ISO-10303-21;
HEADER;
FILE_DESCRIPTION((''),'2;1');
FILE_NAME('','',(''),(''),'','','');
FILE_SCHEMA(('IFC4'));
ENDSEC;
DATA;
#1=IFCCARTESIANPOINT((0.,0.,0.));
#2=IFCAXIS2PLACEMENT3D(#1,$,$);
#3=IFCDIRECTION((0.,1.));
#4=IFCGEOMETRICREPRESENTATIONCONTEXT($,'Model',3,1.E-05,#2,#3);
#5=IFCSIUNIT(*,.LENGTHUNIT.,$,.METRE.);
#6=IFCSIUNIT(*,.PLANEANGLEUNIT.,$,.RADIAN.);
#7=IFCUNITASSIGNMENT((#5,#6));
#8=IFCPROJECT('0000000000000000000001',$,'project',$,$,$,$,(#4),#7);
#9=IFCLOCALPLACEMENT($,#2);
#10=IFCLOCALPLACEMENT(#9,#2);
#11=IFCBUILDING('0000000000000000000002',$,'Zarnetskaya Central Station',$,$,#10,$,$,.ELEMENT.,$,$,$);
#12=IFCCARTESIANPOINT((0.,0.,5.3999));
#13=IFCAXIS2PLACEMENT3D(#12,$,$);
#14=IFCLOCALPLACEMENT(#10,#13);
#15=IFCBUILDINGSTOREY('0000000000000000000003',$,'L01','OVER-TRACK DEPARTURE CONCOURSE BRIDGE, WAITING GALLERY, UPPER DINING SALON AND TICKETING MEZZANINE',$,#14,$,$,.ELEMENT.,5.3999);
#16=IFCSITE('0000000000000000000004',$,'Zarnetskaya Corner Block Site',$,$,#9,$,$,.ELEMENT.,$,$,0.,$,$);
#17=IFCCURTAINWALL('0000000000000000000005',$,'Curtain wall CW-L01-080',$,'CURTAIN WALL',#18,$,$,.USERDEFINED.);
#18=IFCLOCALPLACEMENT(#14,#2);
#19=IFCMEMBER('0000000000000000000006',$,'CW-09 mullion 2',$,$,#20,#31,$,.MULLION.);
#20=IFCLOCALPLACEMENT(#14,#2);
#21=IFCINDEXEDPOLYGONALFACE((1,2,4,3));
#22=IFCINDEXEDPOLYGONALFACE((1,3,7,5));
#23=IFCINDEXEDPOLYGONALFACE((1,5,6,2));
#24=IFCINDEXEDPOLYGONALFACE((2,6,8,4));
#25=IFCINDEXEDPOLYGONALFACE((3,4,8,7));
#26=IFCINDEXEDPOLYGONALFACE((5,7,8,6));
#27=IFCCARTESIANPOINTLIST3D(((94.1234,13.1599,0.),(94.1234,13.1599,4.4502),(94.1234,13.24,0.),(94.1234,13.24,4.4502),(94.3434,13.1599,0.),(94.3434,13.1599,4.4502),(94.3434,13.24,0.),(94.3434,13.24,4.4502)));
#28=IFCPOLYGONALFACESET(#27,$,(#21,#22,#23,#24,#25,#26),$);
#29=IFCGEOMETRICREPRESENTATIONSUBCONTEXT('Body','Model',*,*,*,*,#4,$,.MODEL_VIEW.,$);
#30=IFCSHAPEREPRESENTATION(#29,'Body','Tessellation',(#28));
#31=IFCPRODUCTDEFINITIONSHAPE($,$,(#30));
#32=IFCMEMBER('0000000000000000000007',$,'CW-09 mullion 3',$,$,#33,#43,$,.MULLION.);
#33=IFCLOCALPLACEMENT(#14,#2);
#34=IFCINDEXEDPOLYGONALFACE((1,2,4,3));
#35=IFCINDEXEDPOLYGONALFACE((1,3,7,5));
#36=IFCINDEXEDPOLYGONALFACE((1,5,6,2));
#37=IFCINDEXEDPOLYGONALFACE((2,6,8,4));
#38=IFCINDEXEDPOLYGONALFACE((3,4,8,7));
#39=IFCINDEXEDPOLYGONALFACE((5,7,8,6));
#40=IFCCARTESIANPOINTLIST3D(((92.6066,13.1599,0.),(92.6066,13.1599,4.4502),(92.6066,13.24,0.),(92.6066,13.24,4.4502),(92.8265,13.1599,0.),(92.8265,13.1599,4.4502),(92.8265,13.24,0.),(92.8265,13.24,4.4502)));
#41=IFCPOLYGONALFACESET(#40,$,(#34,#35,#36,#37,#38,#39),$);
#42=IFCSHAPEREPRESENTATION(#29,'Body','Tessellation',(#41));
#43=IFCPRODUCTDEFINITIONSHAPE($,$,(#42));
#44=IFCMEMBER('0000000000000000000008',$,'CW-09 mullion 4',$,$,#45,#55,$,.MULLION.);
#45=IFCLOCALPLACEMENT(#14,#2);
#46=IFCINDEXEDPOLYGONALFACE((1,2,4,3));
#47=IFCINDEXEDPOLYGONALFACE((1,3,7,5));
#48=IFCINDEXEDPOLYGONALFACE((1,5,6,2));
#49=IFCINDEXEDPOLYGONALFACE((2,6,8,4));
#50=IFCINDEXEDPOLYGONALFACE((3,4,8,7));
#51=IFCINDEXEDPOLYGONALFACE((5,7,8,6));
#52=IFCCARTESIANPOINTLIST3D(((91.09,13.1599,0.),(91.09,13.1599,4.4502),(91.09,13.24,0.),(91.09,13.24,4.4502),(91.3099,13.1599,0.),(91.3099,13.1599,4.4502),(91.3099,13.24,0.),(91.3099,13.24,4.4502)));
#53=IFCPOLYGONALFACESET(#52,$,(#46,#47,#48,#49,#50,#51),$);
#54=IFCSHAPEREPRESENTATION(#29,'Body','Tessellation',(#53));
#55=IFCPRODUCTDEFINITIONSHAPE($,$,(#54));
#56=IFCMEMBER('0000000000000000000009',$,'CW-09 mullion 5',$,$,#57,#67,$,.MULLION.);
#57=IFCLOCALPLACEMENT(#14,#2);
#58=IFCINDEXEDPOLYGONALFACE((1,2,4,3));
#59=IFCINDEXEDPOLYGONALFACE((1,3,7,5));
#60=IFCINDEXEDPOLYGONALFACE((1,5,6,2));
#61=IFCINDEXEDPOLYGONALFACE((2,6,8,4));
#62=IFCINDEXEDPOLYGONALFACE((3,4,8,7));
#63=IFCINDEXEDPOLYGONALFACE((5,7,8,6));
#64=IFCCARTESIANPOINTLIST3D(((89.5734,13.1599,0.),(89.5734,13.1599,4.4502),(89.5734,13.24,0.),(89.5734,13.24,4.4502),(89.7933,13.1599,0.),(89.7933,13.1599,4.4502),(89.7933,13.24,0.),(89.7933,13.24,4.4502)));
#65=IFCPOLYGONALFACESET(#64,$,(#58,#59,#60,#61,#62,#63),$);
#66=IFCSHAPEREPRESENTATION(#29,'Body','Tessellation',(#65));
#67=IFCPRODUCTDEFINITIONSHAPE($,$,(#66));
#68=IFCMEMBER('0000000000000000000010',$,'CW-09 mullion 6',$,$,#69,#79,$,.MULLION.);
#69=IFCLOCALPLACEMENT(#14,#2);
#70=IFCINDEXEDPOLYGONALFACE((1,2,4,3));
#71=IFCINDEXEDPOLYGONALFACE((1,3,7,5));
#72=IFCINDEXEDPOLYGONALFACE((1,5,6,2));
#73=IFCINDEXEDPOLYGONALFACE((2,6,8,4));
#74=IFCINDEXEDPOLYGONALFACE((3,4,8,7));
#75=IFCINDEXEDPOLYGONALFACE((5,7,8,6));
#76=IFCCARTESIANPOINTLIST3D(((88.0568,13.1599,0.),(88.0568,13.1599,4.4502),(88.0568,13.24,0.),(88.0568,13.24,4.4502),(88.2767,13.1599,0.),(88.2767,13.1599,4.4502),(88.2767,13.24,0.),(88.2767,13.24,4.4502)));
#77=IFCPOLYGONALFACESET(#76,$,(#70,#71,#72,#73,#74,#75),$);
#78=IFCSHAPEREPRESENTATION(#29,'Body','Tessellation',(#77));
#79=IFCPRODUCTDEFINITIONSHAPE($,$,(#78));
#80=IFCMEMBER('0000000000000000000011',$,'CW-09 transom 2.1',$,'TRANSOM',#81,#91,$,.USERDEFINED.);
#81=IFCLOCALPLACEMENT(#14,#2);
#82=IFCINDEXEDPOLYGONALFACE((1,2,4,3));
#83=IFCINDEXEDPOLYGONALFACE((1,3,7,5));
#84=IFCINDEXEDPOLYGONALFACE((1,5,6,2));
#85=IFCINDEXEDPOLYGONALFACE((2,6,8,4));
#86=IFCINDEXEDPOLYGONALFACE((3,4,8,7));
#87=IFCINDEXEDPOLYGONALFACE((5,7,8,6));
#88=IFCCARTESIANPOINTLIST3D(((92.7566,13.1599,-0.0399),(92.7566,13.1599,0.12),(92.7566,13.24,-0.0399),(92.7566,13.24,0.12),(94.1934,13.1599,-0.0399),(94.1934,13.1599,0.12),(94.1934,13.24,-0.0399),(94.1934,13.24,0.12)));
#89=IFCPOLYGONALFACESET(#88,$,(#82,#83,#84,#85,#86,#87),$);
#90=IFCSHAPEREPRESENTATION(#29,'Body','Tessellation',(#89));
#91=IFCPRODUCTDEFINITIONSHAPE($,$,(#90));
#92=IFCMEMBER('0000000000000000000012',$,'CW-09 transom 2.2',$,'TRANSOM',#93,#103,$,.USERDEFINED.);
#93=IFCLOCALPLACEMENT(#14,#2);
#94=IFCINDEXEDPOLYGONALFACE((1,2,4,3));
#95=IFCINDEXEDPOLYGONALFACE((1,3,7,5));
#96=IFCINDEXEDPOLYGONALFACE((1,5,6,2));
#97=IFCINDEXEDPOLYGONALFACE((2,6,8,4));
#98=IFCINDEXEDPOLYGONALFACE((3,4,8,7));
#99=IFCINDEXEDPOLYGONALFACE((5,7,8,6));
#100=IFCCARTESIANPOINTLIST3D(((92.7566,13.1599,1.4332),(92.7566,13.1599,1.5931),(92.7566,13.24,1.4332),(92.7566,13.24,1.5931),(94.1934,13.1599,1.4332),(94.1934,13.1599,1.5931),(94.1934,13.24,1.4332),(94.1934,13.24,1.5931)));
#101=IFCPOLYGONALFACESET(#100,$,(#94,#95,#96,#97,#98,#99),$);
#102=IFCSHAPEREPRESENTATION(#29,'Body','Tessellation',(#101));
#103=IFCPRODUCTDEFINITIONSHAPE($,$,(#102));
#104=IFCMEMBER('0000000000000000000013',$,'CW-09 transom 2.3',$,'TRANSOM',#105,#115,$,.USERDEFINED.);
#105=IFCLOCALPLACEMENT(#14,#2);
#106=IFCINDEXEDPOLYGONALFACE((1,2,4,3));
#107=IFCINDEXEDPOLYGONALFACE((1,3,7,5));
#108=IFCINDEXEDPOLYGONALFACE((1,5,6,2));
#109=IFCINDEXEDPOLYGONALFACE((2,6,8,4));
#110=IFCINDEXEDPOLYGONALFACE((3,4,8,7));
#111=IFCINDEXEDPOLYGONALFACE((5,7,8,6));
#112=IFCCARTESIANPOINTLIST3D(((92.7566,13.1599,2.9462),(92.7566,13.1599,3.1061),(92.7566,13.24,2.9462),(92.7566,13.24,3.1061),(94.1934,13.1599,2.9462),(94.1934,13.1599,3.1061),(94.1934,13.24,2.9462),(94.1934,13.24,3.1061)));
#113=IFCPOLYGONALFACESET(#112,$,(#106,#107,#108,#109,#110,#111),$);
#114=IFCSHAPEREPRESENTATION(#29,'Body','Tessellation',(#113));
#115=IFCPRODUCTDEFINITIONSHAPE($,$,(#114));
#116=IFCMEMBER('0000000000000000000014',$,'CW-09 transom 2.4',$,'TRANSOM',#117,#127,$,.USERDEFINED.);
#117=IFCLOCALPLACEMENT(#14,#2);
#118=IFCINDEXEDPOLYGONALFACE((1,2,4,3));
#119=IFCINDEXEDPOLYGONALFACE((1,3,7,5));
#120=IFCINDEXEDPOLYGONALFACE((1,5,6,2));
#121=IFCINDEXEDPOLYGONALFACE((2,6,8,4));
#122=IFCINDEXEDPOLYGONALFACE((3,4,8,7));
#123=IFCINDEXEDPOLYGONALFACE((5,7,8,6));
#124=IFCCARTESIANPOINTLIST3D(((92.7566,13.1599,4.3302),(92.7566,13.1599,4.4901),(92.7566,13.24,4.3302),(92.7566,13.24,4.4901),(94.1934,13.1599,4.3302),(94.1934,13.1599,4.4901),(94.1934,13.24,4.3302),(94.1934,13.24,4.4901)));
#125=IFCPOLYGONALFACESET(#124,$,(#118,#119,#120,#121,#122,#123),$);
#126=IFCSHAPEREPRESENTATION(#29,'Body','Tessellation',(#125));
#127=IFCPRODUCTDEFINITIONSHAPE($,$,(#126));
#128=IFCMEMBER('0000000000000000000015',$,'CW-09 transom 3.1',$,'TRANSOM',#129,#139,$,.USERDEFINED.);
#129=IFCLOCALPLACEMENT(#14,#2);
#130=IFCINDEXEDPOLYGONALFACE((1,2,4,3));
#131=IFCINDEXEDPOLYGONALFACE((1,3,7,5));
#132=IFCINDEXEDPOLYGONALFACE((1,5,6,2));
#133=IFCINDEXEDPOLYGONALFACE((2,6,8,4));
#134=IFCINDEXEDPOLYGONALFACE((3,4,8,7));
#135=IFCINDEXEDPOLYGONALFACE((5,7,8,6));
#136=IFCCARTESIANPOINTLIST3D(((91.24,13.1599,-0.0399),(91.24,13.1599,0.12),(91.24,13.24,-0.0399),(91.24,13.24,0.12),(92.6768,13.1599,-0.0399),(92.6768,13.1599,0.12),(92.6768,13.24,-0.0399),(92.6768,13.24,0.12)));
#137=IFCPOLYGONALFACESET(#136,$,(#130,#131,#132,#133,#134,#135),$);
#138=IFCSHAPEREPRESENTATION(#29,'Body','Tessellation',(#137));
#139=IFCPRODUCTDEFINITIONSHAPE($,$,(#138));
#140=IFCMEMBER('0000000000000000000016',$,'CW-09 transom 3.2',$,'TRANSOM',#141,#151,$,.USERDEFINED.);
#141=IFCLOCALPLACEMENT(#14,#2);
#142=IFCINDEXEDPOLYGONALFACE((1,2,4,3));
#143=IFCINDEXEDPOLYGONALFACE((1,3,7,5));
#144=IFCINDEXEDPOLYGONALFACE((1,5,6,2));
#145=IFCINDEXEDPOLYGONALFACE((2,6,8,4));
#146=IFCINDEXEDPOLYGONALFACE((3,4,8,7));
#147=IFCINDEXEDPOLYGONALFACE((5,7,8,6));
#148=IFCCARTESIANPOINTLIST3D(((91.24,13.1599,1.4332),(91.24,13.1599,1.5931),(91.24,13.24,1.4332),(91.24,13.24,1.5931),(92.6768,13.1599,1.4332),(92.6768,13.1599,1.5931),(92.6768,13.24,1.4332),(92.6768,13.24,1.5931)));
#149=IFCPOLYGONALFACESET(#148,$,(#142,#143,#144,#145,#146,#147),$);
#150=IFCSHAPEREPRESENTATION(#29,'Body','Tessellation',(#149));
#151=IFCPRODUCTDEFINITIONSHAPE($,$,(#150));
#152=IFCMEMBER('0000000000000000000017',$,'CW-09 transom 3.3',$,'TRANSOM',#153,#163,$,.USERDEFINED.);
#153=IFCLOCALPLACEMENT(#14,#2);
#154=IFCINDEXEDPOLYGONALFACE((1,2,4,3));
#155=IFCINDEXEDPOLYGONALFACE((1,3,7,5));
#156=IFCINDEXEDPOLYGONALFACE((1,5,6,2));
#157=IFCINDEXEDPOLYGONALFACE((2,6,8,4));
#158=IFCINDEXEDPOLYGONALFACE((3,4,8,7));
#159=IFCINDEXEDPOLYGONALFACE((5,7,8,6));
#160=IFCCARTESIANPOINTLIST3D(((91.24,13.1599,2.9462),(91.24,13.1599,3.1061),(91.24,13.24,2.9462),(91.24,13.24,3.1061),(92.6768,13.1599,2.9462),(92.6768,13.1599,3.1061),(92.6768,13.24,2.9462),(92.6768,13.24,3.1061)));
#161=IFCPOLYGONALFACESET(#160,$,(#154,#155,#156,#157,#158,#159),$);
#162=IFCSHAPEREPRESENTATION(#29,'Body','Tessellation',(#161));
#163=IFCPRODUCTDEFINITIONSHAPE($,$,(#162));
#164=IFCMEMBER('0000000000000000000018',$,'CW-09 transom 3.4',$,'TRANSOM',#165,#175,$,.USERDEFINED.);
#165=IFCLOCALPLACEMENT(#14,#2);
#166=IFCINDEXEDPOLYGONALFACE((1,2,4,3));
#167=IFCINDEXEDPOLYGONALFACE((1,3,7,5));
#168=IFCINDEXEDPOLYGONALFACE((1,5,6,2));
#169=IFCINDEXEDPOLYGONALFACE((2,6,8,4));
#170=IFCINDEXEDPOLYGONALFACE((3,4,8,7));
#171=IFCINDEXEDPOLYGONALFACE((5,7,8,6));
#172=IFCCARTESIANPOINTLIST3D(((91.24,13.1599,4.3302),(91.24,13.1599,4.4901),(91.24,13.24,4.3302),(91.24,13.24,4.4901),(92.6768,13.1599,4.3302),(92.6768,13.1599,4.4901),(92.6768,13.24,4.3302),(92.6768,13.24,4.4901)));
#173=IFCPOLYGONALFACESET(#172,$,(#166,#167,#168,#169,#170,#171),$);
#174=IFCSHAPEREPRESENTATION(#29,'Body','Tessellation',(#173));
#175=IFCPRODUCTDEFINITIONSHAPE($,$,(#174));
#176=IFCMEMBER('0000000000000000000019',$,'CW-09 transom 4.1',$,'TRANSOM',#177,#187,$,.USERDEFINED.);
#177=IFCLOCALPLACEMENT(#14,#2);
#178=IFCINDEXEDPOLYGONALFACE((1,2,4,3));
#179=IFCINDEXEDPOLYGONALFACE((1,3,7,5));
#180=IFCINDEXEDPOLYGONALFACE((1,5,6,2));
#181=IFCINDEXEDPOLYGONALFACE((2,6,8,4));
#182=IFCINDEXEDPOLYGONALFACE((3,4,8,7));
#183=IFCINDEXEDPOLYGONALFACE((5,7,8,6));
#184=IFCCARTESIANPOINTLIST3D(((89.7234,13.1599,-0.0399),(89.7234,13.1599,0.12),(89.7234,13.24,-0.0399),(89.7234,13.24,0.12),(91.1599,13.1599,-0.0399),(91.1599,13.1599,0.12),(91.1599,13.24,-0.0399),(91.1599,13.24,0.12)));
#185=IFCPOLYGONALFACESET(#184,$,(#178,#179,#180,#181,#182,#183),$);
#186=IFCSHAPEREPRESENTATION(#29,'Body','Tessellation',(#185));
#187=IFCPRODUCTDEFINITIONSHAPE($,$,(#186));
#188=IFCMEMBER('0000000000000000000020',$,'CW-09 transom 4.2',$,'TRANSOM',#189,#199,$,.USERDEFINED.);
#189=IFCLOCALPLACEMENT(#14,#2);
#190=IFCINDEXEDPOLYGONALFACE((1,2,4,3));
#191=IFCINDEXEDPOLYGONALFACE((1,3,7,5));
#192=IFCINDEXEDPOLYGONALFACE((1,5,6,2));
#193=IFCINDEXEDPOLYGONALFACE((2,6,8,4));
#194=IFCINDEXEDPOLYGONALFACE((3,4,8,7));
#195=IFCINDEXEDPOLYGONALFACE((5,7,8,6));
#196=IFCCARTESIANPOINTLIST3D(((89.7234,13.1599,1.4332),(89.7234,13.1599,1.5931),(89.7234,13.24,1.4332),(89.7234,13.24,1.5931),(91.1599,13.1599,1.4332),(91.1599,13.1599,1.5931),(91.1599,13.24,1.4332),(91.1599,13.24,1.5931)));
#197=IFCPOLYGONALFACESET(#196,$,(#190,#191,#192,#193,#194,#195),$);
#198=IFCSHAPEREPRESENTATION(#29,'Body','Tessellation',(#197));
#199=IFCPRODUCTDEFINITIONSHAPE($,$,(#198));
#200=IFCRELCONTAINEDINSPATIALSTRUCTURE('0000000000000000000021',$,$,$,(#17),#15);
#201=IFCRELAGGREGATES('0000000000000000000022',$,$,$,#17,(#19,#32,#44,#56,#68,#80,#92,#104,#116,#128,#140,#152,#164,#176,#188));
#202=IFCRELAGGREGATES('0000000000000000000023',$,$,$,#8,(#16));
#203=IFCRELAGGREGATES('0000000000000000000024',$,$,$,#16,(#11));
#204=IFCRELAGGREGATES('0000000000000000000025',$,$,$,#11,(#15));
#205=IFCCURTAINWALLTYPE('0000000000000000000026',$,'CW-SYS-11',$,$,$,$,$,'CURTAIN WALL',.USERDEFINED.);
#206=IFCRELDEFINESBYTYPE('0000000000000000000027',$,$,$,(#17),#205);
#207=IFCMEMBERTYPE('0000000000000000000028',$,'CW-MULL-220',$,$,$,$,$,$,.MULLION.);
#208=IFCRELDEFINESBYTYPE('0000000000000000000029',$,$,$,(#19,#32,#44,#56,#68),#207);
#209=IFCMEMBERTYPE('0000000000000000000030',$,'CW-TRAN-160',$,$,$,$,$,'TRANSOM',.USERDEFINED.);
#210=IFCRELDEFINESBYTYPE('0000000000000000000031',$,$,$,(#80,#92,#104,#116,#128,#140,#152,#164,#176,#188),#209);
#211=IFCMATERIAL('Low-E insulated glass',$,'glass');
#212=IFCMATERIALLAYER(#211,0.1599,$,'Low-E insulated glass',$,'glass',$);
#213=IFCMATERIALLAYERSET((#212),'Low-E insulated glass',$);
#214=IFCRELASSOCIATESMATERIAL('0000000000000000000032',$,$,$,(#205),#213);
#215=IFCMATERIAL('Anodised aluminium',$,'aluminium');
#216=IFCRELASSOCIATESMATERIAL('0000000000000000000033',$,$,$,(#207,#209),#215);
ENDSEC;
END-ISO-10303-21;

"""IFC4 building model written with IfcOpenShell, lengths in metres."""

from ifc_helpers import new_model, si_unit, direction, frame, origin, origin_2d, place, context, subcontext, project, spatial, rectangle, extrude, material, layer, layer_set, material_profile, profile_set, type_object, element, aggregate, save


model = new_model("IFC4")

# Units and contexts
model_context = context("Model", 3, precision=1e-05, world=origin(), true_north=direction((0.0, 1.0)))
body_context = subcontext(model_context, "Body", "Model", "MODEL_VIEW")
ifc_project = project(units=[si_unit("LENGTHUNIT", "METRE"), si_unit("PLANEANGLEUNIT", "RADIAN")], contexts=[model_context])

# Site, building, storey
site_placement = place(None, origin())
site = spatial("IfcSite", under=ifc_project, at=site_placement, Name="Zarnetskaya Corner Block Site", CompositionType="ELEMENT", RefElevation=0.0)
building_placement = place(site_placement, origin())
building = spatial("IfcBuilding", under=site, at=building_placement, Name="Zarnetskaya Central Station", CompositionType="ELEMENT")
storey_placement = place(building_placement, frame((0.0, 0.0, 5.3999)))
storey = spatial("IfcBuildingStorey", under=building, at=storey_placement, Name="L01", Description="OVER-TRACK DEPARTURE CONCOURSE BRIDGE, WAITING GALLERY, UPPER DINING SALON AND TICKETING MEZZANINE", CompositionType="ELEMENT", Elevation=5.3999)

# Curtain wall, members
ifc_material_1 = material(Name="Low-E insulated glass", Category="glass")
ifc_layer_1 = layer(ifc_material_1, 0.1599, Name="Low-E insulated glass", Category="glass")
ifc_layer_set_1 = layer_set([ifc_layer_1], Name="Low-E insulated glass")
curtain_wall_type = type_object("IfcCurtainWallType", Name="CW-SYS-11", ElementType="CURTAIN WALL", PredefinedType="USERDEFINED", material=ifc_layer_set_1)
curtain_wall_placement = place(storey_placement, origin())
curtain_wall = element("IfcCurtainWall", 1, at=curtain_wall_placement, inside=storey, type_object=curtain_wall_type, Name="Curtain wall CW-L01-080", ObjectType="CURTAIN WALL", PredefinedType="USERDEFINED")
ifc_material_2 = material(Name="Anodised aluminium", Category="aluminium")
ifc_material_profile_1 = material_profile(ifc_material_2, rectangle(XDim=0.0801, YDim=0.22, at=origin_2d()), Name="ALU MULL 80x220")
ifc_profile_set_1 = profile_set([ifc_material_profile_1], Name="Anodised aluminium")
member_type_1 = type_object("IfcMemberType", Name="CW-MULL-220", PredefinedType="MULLION", material=ifc_profile_set_1)
member_1_placement = place(storey_placement, frame((94.2334, 13.2, 0.0), z_axis=(0.0, 0.0, 1.0), x_axis=(0.0, -1.0, 0.0)))
member_1 = element("IfcMember", 2, at=member_1_placement, type_object=member_type_1, Name="CW-09 mullion 2", PredefinedType="MULLION", context=body_context, shape_type="SweptSolid", body=[
    extrude(rectangle(XDim=0.0801, YDim=0.22, at=origin_2d()), origin(), (0.0, 0.0, 1.0), 4.4502),
])
member_2_placement = place(storey_placement, frame((92.7166, 13.2, 0.0), z_axis=(0.0, 0.0, 1.0), x_axis=(0.0, -1.0, 0.0)))
member_2 = element("IfcMember", 3, at=member_2_placement, type_object=member_type_1, Name="CW-09 mullion 3", PredefinedType="MULLION", context=body_context, shape_type="SweptSolid", body=[
    extrude(rectangle(XDim=0.0801, YDim=0.22, at=origin_2d()), origin(), (0.0, 0.0, 1.0), 4.4502),
])
member_3_placement = place(storey_placement, frame((91.2, 13.2, 0.0), z_axis=(0.0, 0.0, 1.0), x_axis=(0.0, -1.0, 0.0)))
member_3 = element("IfcMember", 4, at=member_3_placement, type_object=member_type_1, Name="CW-09 mullion 4", PredefinedType="MULLION", context=body_context, shape_type="SweptSolid", body=[
    extrude(rectangle(XDim=0.0801, YDim=0.22, at=origin_2d()), origin(), (0.0, 0.0, 1.0), 4.4502),
])
member_4_placement = place(storey_placement, frame((89.6833, 13.2, 0.0), z_axis=(0.0, 0.0, 1.0), x_axis=(0.0, -1.0, 0.0)))
member_4 = element("IfcMember", 5, at=member_4_placement, type_object=member_type_1, Name="CW-09 mullion 5", PredefinedType="MULLION", context=body_context, shape_type="SweptSolid", body=[
    extrude(rectangle(XDim=0.0801, YDim=0.22, at=origin_2d()), origin(), (0.0, 0.0, 1.0), 4.4502),
])
member_5_placement = place(storey_placement, frame((88.1667, 13.2, 0.0), z_axis=(0.0, 0.0, 1.0), x_axis=(0.0, -1.0, 0.0)))
member_5 = element("IfcMember", 6, at=member_5_placement, type_object=member_type_1, Name="CW-09 mullion 6", PredefinedType="MULLION", context=body_context, shape_type="SweptSolid", body=[
    extrude(rectangle(XDim=0.0801, YDim=0.22, at=origin_2d()), origin(), (0.0, 0.0, 1.0), 4.4502),
])
ifc_material_profile_2 = material_profile(ifc_material_2, rectangle(XDim=0.0801, YDim=0.1599, at=origin_2d()), Name="ALU TRAN 80x160")
ifc_profile_set_2 = profile_set([ifc_material_profile_2], Name="Anodised aluminium")
member_type_2 = type_object("IfcMemberType", Name="CW-TRAN-160", ElementType="TRANSOM", PredefinedType="USERDEFINED", material=ifc_profile_set_2)
member_6_placement = place(storey_placement, frame((94.1934, 13.2, 0.04), z_axis=(-1.0, 0.0, 0.0), x_axis=(0.0, -1.0, 0.0)))
member_6 = element("IfcMember", 7, at=member_6_placement, type_object=member_type_2, Name="CW-09 transom 2.1", ObjectType="TRANSOM", PredefinedType="USERDEFINED", context=body_context, shape_type="SweptSolid", body=[
    extrude(rectangle(XDim=0.0801, YDim=0.1599, at=origin_2d()), origin(), (0.0, 0.0, 1.0), 1.4368),
])
member_7_placement = place(storey_placement, frame((94.1934, 13.2, 1.5132), z_axis=(-1.0, 0.0, 0.0), x_axis=(0.0, -1.0, 0.0)))
member_7 = element("IfcMember", 8, at=member_7_placement, type_object=member_type_2, Name="CW-09 transom 2.2", ObjectType="TRANSOM", PredefinedType="USERDEFINED", context=body_context, shape_type="SweptSolid", body=[
    extrude(rectangle(XDim=0.0801, YDim=0.1599, at=origin_2d()), origin(), (0.0, 0.0, 1.0), 1.4368),
])
member_8_placement = place(storey_placement, frame((94.1934, 13.2, 3.0261), z_axis=(-1.0, 0.0, 0.0), x_axis=(0.0, -1.0, 0.0)))
member_8 = element("IfcMember", 9, at=member_8_placement, type_object=member_type_2, Name="CW-09 transom 2.3", ObjectType="TRANSOM", PredefinedType="USERDEFINED", context=body_context, shape_type="SweptSolid", body=[
    extrude(rectangle(XDim=0.0801, YDim=0.1599, at=origin_2d()), origin(), (0.0, 0.0, 1.0), 1.4368),
])
member_9_placement = place(storey_placement, frame((94.1934, 13.2, 4.4102), z_axis=(-1.0, 0.0, 0.0), x_axis=(0.0, -1.0, 0.0)))
member_9 = element("IfcMember", 10, at=member_9_placement, type_object=member_type_2, Name="CW-09 transom 2.4", ObjectType="TRANSOM", PredefinedType="USERDEFINED", context=body_context, shape_type="SweptSolid", body=[
    extrude(rectangle(XDim=0.0801, YDim=0.1599, at=origin_2d()), origin(), (0.0, 0.0, 1.0), 1.4368),
])
member_10_placement = place(storey_placement, frame((92.6768, 13.2, 0.04), z_axis=(-1.0, 0.0, 0.0), x_axis=(0.0, -1.0, 0.0)))
member_10 = element("IfcMember", 11, at=member_10_placement, type_object=member_type_2, Name="CW-09 transom 3.1", ObjectType="TRANSOM", PredefinedType="USERDEFINED", context=body_context, shape_type="SweptSolid", body=[
    extrude(rectangle(XDim=0.0801, YDim=0.1599, at=origin_2d()), origin(), (0.0, 0.0, 1.0), 1.4368),
])
member_11_placement = place(storey_placement, frame((92.6768, 13.2, 1.5132), z_axis=(-1.0, 0.0, 0.0), x_axis=(0.0, -1.0, 0.0)))
member_11 = element("IfcMember", 12, at=member_11_placement, type_object=member_type_2, Name="CW-09 transom 3.2", ObjectType="TRANSOM", PredefinedType="USERDEFINED", context=body_context, shape_type="SweptSolid", body=[
    extrude(rectangle(XDim=0.0801, YDim=0.1599, at=origin_2d()), origin(), (0.0, 0.0, 1.0), 1.4368),
])
member_12_placement = place(storey_placement, frame((92.6768, 13.2, 3.0261), z_axis=(-1.0, 0.0, 0.0), x_axis=(0.0, -1.0, 0.0)))
member_12 = element("IfcMember", 13, at=member_12_placement, type_object=member_type_2, Name="CW-09 transom 3.3", ObjectType="TRANSOM", PredefinedType="USERDEFINED", context=body_context, shape_type="SweptSolid", body=[
    extrude(rectangle(XDim=0.0801, YDim=0.1599, at=origin_2d()), origin(), (0.0, 0.0, 1.0), 1.4368),
])
member_13_placement = place(storey_placement, frame((92.6768, 13.2, 4.4102), z_axis=(-1.0, 0.0, 0.0), x_axis=(0.0, -1.0, 0.0)))
member_13 = element("IfcMember", 14, at=member_13_placement, type_object=member_type_2, Name="CW-09 transom 3.4", ObjectType="TRANSOM", PredefinedType="USERDEFINED", context=body_context, shape_type="SweptSolid", body=[
    extrude(rectangle(XDim=0.0801, YDim=0.1599, at=origin_2d()), origin(), (0.0, 0.0, 1.0), 1.4368),
])
member_14_placement = place(storey_placement, frame((91.1599, 13.2, 0.04), z_axis=(-1.0, 0.0, 0.0), x_axis=(0.0, -1.0, 0.0)))
member_14 = element("IfcMember", 15, at=member_14_placement, type_object=member_type_2, Name="CW-09 transom 4.1", ObjectType="TRANSOM", PredefinedType="USERDEFINED", context=body_context, shape_type="SweptSolid", body=[
    extrude(rectangle(XDim=0.0801, YDim=0.1599, at=origin_2d()), origin(), (0.0, 0.0, 1.0), 1.4365),
])
member_15_placement = place(storey_placement, frame((91.1599, 13.2, 1.5132), z_axis=(-1.0, 0.0, 0.0), x_axis=(0.0, -1.0, 0.0)))
member_15 = element("IfcMember", 16, at=member_15_placement, type_object=member_type_2, Name="CW-09 transom 4.2", ObjectType="TRANSOM", PredefinedType="USERDEFINED", context=body_context, shape_type="SweptSolid", body=[
    extrude(rectangle(XDim=0.0801, YDim=0.1599, at=origin_2d()), origin(), (0.0, 0.0, 1.0), 1.4365),
])
aggregate(curtain_wall, [member_1, member_2, member_3, member_4, member_5, member_6, member_7, member_8, member_9, member_10, member_11, member_12, member_13, member_14, member_15])

save(model, "model.ifc")
